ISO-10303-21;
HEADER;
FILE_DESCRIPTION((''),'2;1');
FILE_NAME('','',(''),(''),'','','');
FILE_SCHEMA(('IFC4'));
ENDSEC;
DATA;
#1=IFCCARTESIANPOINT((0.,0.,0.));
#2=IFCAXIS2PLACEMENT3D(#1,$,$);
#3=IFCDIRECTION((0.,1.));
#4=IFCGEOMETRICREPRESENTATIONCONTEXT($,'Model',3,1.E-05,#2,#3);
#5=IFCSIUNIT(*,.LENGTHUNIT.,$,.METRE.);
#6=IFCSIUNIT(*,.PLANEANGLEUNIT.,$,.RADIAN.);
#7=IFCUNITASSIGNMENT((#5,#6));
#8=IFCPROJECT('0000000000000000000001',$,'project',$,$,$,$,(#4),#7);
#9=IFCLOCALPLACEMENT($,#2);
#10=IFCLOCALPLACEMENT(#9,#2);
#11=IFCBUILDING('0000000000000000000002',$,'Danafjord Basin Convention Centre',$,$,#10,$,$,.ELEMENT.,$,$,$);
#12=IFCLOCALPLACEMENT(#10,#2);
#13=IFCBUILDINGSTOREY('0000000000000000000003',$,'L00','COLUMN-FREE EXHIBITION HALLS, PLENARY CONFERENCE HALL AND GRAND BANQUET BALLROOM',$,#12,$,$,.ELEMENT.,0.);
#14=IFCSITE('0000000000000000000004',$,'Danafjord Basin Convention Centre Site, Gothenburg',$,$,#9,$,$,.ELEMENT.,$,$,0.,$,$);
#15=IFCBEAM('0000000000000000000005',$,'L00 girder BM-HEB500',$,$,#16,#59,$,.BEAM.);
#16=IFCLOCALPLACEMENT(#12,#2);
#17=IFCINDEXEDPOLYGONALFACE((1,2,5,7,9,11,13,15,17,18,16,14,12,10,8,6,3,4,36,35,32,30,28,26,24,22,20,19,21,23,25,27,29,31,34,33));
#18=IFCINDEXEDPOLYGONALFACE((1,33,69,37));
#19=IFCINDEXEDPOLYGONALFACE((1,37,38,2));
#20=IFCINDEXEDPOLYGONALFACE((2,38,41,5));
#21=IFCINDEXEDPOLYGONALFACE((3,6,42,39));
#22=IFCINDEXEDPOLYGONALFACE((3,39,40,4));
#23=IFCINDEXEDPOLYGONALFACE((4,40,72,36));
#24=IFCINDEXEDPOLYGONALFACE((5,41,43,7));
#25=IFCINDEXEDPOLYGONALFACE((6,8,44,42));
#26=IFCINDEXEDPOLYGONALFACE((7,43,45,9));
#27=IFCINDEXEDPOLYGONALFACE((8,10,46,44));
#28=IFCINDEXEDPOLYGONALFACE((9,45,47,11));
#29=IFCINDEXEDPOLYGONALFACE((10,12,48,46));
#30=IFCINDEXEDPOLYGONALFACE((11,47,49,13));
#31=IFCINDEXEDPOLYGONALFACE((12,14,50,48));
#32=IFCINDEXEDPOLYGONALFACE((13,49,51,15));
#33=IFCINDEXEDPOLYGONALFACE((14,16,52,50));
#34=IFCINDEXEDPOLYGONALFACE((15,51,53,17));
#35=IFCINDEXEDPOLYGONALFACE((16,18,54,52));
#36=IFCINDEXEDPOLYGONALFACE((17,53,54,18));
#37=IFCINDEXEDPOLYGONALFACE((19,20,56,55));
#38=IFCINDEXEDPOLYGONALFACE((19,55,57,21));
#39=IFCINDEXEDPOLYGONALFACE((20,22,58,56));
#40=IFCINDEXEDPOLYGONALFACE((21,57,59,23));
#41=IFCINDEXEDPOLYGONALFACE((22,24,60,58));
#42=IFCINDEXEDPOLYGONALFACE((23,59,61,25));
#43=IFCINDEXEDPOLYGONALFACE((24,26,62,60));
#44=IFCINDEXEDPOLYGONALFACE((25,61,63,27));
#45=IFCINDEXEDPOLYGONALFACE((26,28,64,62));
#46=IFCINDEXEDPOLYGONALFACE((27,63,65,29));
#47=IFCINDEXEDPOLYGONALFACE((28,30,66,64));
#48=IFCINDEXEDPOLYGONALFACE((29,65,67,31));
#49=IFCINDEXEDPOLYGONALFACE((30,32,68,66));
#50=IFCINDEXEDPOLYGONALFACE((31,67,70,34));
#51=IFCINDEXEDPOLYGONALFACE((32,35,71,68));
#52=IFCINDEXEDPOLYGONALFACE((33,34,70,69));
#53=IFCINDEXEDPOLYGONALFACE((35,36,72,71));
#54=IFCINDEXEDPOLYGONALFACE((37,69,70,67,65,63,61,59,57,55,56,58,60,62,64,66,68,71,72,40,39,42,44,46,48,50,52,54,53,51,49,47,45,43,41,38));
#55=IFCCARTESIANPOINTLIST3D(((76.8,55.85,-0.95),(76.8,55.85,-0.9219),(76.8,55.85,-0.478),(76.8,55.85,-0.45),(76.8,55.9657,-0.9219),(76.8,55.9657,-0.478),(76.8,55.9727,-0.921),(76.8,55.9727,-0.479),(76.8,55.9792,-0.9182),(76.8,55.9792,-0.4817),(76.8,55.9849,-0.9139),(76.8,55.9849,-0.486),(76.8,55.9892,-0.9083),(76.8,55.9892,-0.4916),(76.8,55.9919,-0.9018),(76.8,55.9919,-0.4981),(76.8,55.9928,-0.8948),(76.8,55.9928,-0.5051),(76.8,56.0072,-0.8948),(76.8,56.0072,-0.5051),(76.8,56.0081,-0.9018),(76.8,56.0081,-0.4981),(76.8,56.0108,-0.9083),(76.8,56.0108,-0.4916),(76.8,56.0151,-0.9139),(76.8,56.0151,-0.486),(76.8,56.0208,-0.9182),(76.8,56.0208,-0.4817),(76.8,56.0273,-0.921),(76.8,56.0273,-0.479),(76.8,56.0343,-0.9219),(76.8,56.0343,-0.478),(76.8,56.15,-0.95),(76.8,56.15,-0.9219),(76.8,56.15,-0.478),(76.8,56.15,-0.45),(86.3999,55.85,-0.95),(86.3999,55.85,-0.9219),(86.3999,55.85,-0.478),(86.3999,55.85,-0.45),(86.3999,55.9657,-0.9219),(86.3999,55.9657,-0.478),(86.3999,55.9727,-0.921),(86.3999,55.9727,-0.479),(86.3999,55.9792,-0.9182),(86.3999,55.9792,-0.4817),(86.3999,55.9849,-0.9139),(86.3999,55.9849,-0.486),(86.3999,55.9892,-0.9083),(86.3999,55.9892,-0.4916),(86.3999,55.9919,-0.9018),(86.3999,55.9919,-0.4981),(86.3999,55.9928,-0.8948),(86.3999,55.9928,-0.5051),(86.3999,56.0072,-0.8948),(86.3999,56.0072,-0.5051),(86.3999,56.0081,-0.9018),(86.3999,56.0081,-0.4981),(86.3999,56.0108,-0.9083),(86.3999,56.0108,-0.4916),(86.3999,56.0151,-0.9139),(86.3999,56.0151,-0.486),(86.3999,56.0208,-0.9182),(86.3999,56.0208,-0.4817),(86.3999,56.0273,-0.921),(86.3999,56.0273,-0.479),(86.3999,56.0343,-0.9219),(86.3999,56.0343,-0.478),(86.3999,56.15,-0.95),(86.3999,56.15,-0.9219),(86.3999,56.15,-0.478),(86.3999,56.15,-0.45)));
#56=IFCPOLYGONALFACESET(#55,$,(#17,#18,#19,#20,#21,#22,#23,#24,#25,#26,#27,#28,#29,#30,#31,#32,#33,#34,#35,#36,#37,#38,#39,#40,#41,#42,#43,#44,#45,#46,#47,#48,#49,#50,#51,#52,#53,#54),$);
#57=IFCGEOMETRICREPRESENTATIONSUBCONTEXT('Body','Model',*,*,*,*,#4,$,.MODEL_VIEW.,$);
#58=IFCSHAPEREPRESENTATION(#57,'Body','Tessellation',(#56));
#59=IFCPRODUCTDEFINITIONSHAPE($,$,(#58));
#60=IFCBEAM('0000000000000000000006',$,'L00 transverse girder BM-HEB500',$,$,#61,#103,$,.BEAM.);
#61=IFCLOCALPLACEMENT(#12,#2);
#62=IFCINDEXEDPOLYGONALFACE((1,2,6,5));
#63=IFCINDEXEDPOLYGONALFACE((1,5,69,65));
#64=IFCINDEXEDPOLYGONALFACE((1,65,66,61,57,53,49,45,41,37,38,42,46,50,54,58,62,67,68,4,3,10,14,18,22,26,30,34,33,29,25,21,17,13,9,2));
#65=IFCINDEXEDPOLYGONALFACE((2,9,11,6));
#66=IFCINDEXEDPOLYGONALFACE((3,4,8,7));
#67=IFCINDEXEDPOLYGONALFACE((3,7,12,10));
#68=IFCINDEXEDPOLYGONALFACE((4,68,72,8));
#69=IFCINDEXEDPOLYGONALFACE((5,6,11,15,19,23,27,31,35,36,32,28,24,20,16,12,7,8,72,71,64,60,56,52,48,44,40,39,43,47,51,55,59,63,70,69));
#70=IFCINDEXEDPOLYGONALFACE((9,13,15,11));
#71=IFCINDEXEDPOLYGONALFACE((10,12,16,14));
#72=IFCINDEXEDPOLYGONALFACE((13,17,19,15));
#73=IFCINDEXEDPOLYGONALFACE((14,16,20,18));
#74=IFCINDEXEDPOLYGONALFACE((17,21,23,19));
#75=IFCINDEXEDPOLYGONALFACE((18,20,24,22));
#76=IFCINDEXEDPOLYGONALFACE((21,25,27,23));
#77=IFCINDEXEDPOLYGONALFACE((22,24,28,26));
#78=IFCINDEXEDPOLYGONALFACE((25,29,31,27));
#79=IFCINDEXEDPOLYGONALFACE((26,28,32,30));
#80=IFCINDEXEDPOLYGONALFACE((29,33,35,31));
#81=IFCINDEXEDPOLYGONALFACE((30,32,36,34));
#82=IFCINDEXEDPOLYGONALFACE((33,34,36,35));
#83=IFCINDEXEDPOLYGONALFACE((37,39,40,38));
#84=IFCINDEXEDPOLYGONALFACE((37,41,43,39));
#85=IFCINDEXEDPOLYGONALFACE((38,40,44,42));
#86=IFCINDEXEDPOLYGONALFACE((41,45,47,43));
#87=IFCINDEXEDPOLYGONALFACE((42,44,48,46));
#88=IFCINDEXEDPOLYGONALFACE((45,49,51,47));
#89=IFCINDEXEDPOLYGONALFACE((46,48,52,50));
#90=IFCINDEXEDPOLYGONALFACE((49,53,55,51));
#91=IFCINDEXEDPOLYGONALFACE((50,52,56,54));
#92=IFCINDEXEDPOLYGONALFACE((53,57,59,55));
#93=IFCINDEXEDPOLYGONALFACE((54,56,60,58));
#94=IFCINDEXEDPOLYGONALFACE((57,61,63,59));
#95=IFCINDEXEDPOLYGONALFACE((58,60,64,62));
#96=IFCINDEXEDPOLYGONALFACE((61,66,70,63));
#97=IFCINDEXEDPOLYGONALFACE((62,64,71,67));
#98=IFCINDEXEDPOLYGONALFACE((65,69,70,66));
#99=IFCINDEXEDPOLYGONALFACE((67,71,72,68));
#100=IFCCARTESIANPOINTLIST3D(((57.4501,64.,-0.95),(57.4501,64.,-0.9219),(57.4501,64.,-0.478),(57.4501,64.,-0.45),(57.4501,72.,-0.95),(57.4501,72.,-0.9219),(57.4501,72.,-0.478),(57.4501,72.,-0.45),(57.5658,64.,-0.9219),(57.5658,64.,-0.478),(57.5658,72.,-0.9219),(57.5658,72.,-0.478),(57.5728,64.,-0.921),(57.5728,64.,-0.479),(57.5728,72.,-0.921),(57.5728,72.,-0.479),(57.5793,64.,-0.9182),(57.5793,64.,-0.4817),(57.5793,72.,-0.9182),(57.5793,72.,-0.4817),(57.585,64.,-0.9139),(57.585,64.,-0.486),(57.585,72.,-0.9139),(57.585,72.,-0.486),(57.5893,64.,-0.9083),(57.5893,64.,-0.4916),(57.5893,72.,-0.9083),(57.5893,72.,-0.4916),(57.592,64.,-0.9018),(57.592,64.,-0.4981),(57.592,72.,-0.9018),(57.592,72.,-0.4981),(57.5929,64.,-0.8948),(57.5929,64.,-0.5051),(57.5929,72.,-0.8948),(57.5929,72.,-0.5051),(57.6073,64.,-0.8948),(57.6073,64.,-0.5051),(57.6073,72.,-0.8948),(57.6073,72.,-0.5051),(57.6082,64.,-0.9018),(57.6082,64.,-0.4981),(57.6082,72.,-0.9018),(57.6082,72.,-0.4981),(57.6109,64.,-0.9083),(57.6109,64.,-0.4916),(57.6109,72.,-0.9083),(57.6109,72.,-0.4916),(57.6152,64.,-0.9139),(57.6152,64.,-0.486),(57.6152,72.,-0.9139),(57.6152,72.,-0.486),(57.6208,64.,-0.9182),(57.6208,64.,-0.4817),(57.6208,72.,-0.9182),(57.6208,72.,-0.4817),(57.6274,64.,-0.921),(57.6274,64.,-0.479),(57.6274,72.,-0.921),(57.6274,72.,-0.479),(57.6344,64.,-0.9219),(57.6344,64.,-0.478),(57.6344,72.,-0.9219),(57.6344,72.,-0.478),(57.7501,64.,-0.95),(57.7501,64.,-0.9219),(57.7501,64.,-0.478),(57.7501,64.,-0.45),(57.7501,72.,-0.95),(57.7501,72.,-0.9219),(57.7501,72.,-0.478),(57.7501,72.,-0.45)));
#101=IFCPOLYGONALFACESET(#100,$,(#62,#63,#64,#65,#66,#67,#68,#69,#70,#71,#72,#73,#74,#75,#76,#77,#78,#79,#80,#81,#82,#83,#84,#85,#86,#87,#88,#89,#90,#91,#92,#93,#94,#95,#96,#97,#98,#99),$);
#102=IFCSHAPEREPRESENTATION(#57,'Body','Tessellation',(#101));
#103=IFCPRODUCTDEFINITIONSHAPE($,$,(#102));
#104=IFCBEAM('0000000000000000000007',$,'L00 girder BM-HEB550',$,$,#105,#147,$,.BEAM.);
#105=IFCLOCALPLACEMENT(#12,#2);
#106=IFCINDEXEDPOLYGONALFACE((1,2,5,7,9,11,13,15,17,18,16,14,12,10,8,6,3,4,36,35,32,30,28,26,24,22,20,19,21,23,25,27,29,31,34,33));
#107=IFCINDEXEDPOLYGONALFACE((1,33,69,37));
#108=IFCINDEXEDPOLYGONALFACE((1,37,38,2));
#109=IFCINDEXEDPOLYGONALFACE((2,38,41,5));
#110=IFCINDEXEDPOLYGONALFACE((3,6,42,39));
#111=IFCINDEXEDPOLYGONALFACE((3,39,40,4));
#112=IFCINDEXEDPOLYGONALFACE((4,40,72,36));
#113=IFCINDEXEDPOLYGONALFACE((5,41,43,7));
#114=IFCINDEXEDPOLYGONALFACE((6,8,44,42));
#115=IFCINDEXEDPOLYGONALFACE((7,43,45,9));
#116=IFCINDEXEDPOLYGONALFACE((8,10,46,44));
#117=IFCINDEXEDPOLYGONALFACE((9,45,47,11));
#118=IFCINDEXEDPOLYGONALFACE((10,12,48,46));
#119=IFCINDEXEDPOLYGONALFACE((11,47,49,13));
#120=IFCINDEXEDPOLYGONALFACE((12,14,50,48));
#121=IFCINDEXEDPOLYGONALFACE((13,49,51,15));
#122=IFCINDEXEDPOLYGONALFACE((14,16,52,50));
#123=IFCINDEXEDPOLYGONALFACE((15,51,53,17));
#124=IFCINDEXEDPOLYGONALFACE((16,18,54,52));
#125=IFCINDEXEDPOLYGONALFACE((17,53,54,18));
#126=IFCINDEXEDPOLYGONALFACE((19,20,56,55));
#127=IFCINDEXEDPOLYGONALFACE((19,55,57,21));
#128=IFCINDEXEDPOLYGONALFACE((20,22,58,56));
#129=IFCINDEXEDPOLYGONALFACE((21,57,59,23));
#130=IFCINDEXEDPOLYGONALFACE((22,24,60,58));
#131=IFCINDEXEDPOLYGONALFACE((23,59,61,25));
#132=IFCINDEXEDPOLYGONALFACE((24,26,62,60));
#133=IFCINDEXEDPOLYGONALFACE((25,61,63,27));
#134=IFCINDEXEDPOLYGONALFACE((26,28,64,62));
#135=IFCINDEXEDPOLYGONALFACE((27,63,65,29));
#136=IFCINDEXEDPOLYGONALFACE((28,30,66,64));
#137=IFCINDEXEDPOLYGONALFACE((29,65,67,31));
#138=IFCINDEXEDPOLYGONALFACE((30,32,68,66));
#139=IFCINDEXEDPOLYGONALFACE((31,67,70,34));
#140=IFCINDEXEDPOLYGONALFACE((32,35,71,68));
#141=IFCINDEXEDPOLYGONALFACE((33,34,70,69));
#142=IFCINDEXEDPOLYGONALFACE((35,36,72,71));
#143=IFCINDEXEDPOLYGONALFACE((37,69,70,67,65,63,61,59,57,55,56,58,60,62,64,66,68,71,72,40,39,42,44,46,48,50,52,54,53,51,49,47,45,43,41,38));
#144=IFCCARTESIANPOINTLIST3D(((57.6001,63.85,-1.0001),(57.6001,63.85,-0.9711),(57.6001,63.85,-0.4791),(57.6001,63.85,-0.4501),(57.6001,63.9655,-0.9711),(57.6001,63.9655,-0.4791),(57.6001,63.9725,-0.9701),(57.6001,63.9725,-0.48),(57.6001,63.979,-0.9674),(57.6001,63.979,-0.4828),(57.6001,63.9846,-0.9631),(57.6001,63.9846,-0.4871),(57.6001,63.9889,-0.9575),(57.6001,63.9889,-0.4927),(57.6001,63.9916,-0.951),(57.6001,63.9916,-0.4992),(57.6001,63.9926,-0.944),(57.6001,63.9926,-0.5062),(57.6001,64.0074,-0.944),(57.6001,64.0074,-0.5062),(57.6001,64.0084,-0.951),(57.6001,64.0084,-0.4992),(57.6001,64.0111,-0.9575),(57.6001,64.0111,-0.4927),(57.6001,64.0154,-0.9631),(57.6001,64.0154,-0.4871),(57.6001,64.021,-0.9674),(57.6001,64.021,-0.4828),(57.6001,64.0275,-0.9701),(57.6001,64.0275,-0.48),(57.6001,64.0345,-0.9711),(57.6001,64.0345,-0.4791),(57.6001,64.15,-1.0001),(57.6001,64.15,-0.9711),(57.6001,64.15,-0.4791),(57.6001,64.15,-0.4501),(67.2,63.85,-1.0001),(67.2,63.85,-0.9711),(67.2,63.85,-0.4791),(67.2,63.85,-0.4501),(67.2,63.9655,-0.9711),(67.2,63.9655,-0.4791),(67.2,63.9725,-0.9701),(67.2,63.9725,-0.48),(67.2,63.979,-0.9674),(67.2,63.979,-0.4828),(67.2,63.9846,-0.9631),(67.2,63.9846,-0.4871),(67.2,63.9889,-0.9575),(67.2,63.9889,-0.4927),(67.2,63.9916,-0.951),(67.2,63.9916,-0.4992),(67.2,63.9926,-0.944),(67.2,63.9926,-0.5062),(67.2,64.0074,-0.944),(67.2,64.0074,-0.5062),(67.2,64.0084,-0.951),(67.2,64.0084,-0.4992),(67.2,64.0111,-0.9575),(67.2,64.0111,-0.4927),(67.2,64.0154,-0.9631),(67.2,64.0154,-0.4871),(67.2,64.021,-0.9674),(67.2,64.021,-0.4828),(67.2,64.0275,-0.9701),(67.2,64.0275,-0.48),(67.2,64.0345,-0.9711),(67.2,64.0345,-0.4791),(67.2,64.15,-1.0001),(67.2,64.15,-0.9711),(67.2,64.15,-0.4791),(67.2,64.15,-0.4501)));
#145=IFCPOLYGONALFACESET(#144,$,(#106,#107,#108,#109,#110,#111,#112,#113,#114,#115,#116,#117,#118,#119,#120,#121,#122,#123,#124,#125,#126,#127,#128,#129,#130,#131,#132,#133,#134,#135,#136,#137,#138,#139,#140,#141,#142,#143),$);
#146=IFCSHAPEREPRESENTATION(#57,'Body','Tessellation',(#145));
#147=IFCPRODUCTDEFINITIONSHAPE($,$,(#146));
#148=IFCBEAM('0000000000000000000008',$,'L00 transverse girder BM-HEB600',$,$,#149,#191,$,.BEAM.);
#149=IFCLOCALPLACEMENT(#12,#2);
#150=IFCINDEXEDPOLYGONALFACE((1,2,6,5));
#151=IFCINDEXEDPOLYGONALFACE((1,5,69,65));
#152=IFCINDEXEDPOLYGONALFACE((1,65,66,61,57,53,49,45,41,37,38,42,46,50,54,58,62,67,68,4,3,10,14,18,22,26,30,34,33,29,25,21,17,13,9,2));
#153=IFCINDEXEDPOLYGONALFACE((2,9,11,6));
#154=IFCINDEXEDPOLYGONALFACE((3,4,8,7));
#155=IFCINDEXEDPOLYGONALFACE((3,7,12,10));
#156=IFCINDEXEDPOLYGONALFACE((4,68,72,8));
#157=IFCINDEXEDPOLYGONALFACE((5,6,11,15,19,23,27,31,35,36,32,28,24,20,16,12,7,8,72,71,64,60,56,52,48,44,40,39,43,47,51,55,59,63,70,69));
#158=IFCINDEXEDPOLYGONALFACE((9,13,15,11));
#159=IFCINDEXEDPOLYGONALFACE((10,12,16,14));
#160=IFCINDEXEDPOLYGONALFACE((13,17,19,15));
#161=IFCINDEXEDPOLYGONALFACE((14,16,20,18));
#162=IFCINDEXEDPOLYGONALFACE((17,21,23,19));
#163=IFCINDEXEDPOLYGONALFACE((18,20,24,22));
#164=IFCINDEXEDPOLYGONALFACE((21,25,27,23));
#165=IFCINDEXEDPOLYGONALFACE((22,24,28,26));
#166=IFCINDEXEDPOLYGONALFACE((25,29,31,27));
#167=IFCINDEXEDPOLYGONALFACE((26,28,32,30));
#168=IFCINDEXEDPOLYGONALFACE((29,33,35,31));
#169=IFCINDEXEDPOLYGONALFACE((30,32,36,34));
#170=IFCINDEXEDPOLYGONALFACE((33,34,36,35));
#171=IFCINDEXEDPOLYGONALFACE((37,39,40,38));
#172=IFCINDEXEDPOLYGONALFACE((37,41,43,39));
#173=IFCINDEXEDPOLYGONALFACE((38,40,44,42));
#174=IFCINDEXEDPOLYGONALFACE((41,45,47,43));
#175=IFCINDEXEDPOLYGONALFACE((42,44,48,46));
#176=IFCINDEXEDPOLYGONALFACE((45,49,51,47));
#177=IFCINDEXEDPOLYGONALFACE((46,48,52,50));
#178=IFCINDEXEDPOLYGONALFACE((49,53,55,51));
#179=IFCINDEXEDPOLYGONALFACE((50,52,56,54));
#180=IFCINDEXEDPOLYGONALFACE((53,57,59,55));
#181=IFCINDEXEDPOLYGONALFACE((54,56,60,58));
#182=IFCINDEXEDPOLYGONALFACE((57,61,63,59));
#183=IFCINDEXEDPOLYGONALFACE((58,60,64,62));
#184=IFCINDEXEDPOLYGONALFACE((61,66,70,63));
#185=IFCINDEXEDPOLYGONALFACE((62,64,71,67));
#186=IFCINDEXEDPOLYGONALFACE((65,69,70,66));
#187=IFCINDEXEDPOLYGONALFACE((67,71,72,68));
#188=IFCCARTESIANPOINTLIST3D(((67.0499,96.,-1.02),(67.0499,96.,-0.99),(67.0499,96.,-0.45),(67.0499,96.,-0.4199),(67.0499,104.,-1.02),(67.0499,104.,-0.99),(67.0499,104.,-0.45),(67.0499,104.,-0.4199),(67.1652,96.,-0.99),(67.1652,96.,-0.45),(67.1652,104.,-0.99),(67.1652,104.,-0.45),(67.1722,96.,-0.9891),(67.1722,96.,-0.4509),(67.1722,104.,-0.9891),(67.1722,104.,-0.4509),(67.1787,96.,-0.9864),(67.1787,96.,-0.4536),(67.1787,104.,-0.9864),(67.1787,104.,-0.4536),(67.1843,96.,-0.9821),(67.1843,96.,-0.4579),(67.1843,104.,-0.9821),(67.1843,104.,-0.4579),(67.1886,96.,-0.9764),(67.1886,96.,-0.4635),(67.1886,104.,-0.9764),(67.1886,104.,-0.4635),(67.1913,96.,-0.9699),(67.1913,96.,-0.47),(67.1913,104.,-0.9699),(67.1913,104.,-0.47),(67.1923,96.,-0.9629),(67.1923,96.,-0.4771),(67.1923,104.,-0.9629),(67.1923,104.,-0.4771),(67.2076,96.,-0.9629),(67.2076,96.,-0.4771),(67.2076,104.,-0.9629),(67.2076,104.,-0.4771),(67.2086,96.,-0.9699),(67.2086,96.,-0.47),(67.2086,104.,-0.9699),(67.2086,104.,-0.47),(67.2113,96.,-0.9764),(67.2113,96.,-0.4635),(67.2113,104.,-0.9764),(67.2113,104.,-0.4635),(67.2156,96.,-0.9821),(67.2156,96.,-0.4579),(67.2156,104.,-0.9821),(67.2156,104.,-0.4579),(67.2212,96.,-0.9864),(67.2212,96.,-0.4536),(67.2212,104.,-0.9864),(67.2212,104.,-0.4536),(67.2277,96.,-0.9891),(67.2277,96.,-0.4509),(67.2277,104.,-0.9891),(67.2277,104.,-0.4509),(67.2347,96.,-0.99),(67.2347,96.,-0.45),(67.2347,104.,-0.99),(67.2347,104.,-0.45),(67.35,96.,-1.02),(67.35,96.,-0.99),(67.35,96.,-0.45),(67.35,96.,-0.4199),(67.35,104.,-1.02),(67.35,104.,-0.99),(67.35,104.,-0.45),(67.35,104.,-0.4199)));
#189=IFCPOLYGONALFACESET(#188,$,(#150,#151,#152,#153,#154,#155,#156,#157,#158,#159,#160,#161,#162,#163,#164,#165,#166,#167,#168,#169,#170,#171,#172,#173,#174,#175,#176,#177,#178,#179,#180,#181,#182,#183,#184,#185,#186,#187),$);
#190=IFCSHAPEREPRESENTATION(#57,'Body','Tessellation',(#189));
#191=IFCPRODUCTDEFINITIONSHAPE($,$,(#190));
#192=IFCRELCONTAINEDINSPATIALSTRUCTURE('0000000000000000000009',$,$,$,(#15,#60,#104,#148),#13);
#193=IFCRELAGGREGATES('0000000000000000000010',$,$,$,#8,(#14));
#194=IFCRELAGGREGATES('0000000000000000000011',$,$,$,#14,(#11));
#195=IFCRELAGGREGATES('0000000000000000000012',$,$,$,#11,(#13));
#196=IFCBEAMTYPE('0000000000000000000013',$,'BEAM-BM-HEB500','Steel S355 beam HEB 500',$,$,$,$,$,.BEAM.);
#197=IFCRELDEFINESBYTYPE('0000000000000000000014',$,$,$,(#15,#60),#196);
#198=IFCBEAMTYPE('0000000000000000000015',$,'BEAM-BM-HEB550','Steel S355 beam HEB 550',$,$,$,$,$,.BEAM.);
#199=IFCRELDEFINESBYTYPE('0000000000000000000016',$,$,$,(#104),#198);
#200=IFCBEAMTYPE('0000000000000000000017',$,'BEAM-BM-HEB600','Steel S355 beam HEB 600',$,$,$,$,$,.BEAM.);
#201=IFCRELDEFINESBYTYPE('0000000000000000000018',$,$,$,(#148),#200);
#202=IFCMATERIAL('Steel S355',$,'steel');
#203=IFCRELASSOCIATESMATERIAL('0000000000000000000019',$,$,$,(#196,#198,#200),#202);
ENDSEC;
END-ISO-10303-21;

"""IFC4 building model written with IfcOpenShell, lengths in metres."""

from ifc_helpers import new_model, si_unit, direction, frame, origin, origin_2d, place, context, subcontext, project, spatial, i_section, extrude, material, material_profile, profile_set, type_object, element, save


model = new_model("IFC4")

# Units and contexts
model_context = context("Model", 3, precision=1e-05, world=origin(), true_north=direction((0.0, 1.0)))
body_context = subcontext(model_context, "Body", "Model", "MODEL_VIEW")
ifc_project = project(units=[si_unit("LENGTHUNIT", "METRE"), si_unit("PLANEANGLEUNIT", "RADIAN")], contexts=[model_context])

# Site, building, storey
site_placement = place(None, origin())
site = spatial("IfcSite", under=ifc_project, at=site_placement, Name="Danafjord Basin Convention Centre Site, Gothenburg", CompositionType="ELEMENT", RefElevation=0.0)
building_placement = place(site_placement, origin())
building = spatial("IfcBuilding", under=site, at=building_placement, Name="Danafjord Basin Convention Centre", CompositionType="ELEMENT")
storey_placement = place(building_placement, origin())
storey = spatial("IfcBuildingStorey", under=building, at=storey_placement, Name="L00", Description="COLUMN-FREE EXHIBITION HALLS, PLENARY CONFERENCE HALL AND GRAND BANQUET BALLROOM", CompositionType="ELEMENT", Elevation=0.0)

# Beams
ifc_material_1 = material(Name="Steel S355", Category="steel")
ifc_material_profile_1 = material_profile(ifc_material_1, i_section(OverallWidth=0.3, OverallDepth=0.5, WebThickness=0.0144, FlangeThickness=0.0281, FilletRadius=0.0271, at=origin_2d()), Name="HEB 500")
ifc_profile_set_1 = profile_set([ifc_material_profile_1], Name="Steel S355")
beam_type_1 = type_object("IfcBeamType", Name="BEAM-BM-HEB500", Description="Steel S355 beam HEB 500", PredefinedType="BEAM", material=ifc_profile_set_1)
beam_1_placement = place(storey_placement, frame((76.8, 56.0, -0.7), z_axis=(1.0, 0.0, 0.0), x_axis=(0.0, 1.0, 0.0)))
element("IfcBeam", 1, at=beam_1_placement, inside=storey, type_object=beam_type_1, Name="L00 girder BM-HEB500", PredefinedType="BEAM", context=body_context, shape_type="SweptSolid", body=[
    extrude(i_section(OverallWidth=0.3, OverallDepth=0.5, WebThickness=0.0144, FlangeThickness=0.0281, FilletRadius=0.0271, at=origin_2d()), origin(), (0.0, 0.0, 1.0), 9.5999),
])
beam_2_placement = place(storey_placement, frame((57.6001, 64.0, -0.7), z_axis=(0.0, 1.0, 0.0), x_axis=(-1.0, 0.0, 0.0)))
element("IfcBeam", 2, at=beam_2_placement, inside=storey, type_object=beam_type_1, Name="L00 transverse girder BM-HEB500", PredefinedType="BEAM", context=body_context, shape_type="SweptSolid", body=[
    extrude(i_section(OverallWidth=0.3, OverallDepth=0.5, WebThickness=0.0144, FlangeThickness=0.0281, FilletRadius=0.0271, at=origin_2d()), origin(), (0.0, 0.0, 1.0), 8.0),
])
ifc_material_profile_2 = material_profile(ifc_material_1, i_section(OverallWidth=0.3, OverallDepth=0.55, WebThickness=0.0149, FlangeThickness=0.0291, FilletRadius=0.0271, at=origin_2d()), Name="HEB 550")
ifc_profile_set_2 = profile_set([ifc_material_profile_2], Name="Steel S355")
beam_type_2 = type_object("IfcBeamType", Name="BEAM-BM-HEB550", Description="Steel S355 beam HEB 550", PredefinedType="BEAM", material=ifc_profile_set_2)
beam_3_placement = place(storey_placement, frame((57.6001, 64.0, -0.7251), z_axis=(1.0, 0.0, 0.0), x_axis=(0.0, 1.0, 0.0)))
element("IfcBeam", 3, at=beam_3_placement, inside=storey, type_object=beam_type_2, Name="L00 girder BM-HEB550", PredefinedType="BEAM", context=body_context, shape_type="SweptSolid", body=[
    extrude(i_section(OverallWidth=0.3, OverallDepth=0.55, WebThickness=0.0149, FlangeThickness=0.0291, FilletRadius=0.0271, at=origin_2d()), origin(), (0.0, 0.0, 1.0), 9.5999),
])
ifc_material_profile_3 = material_profile(ifc_material_1, i_section(OverallWidth=0.3, OverallDepth=0.6001, WebThickness=0.0154, FlangeThickness=0.03, FilletRadius=0.0271, at=origin_2d()), Name="HEB 600")
ifc_profile_set_3 = profile_set([ifc_material_profile_3], Name="Steel S355")
beam_type_3 = type_object("IfcBeamType", Name="BEAM-BM-HEB600", Description="Steel S355 beam HEB 600", PredefinedType="BEAM", material=ifc_profile_set_3)
beam_4_placement = place(storey_placement, frame((67.2, 96.0, -0.72), z_axis=(0.0, 1.0, 0.0), x_axis=(-1.0, 0.0, 0.0)))
element("IfcBeam", 4, at=beam_4_placement, inside=storey, type_object=beam_type_3, Name="L00 transverse girder BM-HEB600", PredefinedType="BEAM", context=body_context, shape_type="SweptSolid", body=[
    extrude(i_section(OverallWidth=0.3, OverallDepth=0.6001, WebThickness=0.0154, FlangeThickness=0.03, FilletRadius=0.0271, at=origin_2d()), origin(), (0.0, 0.0, 1.0), 8.0),
])

save(model, "model.ifc")
